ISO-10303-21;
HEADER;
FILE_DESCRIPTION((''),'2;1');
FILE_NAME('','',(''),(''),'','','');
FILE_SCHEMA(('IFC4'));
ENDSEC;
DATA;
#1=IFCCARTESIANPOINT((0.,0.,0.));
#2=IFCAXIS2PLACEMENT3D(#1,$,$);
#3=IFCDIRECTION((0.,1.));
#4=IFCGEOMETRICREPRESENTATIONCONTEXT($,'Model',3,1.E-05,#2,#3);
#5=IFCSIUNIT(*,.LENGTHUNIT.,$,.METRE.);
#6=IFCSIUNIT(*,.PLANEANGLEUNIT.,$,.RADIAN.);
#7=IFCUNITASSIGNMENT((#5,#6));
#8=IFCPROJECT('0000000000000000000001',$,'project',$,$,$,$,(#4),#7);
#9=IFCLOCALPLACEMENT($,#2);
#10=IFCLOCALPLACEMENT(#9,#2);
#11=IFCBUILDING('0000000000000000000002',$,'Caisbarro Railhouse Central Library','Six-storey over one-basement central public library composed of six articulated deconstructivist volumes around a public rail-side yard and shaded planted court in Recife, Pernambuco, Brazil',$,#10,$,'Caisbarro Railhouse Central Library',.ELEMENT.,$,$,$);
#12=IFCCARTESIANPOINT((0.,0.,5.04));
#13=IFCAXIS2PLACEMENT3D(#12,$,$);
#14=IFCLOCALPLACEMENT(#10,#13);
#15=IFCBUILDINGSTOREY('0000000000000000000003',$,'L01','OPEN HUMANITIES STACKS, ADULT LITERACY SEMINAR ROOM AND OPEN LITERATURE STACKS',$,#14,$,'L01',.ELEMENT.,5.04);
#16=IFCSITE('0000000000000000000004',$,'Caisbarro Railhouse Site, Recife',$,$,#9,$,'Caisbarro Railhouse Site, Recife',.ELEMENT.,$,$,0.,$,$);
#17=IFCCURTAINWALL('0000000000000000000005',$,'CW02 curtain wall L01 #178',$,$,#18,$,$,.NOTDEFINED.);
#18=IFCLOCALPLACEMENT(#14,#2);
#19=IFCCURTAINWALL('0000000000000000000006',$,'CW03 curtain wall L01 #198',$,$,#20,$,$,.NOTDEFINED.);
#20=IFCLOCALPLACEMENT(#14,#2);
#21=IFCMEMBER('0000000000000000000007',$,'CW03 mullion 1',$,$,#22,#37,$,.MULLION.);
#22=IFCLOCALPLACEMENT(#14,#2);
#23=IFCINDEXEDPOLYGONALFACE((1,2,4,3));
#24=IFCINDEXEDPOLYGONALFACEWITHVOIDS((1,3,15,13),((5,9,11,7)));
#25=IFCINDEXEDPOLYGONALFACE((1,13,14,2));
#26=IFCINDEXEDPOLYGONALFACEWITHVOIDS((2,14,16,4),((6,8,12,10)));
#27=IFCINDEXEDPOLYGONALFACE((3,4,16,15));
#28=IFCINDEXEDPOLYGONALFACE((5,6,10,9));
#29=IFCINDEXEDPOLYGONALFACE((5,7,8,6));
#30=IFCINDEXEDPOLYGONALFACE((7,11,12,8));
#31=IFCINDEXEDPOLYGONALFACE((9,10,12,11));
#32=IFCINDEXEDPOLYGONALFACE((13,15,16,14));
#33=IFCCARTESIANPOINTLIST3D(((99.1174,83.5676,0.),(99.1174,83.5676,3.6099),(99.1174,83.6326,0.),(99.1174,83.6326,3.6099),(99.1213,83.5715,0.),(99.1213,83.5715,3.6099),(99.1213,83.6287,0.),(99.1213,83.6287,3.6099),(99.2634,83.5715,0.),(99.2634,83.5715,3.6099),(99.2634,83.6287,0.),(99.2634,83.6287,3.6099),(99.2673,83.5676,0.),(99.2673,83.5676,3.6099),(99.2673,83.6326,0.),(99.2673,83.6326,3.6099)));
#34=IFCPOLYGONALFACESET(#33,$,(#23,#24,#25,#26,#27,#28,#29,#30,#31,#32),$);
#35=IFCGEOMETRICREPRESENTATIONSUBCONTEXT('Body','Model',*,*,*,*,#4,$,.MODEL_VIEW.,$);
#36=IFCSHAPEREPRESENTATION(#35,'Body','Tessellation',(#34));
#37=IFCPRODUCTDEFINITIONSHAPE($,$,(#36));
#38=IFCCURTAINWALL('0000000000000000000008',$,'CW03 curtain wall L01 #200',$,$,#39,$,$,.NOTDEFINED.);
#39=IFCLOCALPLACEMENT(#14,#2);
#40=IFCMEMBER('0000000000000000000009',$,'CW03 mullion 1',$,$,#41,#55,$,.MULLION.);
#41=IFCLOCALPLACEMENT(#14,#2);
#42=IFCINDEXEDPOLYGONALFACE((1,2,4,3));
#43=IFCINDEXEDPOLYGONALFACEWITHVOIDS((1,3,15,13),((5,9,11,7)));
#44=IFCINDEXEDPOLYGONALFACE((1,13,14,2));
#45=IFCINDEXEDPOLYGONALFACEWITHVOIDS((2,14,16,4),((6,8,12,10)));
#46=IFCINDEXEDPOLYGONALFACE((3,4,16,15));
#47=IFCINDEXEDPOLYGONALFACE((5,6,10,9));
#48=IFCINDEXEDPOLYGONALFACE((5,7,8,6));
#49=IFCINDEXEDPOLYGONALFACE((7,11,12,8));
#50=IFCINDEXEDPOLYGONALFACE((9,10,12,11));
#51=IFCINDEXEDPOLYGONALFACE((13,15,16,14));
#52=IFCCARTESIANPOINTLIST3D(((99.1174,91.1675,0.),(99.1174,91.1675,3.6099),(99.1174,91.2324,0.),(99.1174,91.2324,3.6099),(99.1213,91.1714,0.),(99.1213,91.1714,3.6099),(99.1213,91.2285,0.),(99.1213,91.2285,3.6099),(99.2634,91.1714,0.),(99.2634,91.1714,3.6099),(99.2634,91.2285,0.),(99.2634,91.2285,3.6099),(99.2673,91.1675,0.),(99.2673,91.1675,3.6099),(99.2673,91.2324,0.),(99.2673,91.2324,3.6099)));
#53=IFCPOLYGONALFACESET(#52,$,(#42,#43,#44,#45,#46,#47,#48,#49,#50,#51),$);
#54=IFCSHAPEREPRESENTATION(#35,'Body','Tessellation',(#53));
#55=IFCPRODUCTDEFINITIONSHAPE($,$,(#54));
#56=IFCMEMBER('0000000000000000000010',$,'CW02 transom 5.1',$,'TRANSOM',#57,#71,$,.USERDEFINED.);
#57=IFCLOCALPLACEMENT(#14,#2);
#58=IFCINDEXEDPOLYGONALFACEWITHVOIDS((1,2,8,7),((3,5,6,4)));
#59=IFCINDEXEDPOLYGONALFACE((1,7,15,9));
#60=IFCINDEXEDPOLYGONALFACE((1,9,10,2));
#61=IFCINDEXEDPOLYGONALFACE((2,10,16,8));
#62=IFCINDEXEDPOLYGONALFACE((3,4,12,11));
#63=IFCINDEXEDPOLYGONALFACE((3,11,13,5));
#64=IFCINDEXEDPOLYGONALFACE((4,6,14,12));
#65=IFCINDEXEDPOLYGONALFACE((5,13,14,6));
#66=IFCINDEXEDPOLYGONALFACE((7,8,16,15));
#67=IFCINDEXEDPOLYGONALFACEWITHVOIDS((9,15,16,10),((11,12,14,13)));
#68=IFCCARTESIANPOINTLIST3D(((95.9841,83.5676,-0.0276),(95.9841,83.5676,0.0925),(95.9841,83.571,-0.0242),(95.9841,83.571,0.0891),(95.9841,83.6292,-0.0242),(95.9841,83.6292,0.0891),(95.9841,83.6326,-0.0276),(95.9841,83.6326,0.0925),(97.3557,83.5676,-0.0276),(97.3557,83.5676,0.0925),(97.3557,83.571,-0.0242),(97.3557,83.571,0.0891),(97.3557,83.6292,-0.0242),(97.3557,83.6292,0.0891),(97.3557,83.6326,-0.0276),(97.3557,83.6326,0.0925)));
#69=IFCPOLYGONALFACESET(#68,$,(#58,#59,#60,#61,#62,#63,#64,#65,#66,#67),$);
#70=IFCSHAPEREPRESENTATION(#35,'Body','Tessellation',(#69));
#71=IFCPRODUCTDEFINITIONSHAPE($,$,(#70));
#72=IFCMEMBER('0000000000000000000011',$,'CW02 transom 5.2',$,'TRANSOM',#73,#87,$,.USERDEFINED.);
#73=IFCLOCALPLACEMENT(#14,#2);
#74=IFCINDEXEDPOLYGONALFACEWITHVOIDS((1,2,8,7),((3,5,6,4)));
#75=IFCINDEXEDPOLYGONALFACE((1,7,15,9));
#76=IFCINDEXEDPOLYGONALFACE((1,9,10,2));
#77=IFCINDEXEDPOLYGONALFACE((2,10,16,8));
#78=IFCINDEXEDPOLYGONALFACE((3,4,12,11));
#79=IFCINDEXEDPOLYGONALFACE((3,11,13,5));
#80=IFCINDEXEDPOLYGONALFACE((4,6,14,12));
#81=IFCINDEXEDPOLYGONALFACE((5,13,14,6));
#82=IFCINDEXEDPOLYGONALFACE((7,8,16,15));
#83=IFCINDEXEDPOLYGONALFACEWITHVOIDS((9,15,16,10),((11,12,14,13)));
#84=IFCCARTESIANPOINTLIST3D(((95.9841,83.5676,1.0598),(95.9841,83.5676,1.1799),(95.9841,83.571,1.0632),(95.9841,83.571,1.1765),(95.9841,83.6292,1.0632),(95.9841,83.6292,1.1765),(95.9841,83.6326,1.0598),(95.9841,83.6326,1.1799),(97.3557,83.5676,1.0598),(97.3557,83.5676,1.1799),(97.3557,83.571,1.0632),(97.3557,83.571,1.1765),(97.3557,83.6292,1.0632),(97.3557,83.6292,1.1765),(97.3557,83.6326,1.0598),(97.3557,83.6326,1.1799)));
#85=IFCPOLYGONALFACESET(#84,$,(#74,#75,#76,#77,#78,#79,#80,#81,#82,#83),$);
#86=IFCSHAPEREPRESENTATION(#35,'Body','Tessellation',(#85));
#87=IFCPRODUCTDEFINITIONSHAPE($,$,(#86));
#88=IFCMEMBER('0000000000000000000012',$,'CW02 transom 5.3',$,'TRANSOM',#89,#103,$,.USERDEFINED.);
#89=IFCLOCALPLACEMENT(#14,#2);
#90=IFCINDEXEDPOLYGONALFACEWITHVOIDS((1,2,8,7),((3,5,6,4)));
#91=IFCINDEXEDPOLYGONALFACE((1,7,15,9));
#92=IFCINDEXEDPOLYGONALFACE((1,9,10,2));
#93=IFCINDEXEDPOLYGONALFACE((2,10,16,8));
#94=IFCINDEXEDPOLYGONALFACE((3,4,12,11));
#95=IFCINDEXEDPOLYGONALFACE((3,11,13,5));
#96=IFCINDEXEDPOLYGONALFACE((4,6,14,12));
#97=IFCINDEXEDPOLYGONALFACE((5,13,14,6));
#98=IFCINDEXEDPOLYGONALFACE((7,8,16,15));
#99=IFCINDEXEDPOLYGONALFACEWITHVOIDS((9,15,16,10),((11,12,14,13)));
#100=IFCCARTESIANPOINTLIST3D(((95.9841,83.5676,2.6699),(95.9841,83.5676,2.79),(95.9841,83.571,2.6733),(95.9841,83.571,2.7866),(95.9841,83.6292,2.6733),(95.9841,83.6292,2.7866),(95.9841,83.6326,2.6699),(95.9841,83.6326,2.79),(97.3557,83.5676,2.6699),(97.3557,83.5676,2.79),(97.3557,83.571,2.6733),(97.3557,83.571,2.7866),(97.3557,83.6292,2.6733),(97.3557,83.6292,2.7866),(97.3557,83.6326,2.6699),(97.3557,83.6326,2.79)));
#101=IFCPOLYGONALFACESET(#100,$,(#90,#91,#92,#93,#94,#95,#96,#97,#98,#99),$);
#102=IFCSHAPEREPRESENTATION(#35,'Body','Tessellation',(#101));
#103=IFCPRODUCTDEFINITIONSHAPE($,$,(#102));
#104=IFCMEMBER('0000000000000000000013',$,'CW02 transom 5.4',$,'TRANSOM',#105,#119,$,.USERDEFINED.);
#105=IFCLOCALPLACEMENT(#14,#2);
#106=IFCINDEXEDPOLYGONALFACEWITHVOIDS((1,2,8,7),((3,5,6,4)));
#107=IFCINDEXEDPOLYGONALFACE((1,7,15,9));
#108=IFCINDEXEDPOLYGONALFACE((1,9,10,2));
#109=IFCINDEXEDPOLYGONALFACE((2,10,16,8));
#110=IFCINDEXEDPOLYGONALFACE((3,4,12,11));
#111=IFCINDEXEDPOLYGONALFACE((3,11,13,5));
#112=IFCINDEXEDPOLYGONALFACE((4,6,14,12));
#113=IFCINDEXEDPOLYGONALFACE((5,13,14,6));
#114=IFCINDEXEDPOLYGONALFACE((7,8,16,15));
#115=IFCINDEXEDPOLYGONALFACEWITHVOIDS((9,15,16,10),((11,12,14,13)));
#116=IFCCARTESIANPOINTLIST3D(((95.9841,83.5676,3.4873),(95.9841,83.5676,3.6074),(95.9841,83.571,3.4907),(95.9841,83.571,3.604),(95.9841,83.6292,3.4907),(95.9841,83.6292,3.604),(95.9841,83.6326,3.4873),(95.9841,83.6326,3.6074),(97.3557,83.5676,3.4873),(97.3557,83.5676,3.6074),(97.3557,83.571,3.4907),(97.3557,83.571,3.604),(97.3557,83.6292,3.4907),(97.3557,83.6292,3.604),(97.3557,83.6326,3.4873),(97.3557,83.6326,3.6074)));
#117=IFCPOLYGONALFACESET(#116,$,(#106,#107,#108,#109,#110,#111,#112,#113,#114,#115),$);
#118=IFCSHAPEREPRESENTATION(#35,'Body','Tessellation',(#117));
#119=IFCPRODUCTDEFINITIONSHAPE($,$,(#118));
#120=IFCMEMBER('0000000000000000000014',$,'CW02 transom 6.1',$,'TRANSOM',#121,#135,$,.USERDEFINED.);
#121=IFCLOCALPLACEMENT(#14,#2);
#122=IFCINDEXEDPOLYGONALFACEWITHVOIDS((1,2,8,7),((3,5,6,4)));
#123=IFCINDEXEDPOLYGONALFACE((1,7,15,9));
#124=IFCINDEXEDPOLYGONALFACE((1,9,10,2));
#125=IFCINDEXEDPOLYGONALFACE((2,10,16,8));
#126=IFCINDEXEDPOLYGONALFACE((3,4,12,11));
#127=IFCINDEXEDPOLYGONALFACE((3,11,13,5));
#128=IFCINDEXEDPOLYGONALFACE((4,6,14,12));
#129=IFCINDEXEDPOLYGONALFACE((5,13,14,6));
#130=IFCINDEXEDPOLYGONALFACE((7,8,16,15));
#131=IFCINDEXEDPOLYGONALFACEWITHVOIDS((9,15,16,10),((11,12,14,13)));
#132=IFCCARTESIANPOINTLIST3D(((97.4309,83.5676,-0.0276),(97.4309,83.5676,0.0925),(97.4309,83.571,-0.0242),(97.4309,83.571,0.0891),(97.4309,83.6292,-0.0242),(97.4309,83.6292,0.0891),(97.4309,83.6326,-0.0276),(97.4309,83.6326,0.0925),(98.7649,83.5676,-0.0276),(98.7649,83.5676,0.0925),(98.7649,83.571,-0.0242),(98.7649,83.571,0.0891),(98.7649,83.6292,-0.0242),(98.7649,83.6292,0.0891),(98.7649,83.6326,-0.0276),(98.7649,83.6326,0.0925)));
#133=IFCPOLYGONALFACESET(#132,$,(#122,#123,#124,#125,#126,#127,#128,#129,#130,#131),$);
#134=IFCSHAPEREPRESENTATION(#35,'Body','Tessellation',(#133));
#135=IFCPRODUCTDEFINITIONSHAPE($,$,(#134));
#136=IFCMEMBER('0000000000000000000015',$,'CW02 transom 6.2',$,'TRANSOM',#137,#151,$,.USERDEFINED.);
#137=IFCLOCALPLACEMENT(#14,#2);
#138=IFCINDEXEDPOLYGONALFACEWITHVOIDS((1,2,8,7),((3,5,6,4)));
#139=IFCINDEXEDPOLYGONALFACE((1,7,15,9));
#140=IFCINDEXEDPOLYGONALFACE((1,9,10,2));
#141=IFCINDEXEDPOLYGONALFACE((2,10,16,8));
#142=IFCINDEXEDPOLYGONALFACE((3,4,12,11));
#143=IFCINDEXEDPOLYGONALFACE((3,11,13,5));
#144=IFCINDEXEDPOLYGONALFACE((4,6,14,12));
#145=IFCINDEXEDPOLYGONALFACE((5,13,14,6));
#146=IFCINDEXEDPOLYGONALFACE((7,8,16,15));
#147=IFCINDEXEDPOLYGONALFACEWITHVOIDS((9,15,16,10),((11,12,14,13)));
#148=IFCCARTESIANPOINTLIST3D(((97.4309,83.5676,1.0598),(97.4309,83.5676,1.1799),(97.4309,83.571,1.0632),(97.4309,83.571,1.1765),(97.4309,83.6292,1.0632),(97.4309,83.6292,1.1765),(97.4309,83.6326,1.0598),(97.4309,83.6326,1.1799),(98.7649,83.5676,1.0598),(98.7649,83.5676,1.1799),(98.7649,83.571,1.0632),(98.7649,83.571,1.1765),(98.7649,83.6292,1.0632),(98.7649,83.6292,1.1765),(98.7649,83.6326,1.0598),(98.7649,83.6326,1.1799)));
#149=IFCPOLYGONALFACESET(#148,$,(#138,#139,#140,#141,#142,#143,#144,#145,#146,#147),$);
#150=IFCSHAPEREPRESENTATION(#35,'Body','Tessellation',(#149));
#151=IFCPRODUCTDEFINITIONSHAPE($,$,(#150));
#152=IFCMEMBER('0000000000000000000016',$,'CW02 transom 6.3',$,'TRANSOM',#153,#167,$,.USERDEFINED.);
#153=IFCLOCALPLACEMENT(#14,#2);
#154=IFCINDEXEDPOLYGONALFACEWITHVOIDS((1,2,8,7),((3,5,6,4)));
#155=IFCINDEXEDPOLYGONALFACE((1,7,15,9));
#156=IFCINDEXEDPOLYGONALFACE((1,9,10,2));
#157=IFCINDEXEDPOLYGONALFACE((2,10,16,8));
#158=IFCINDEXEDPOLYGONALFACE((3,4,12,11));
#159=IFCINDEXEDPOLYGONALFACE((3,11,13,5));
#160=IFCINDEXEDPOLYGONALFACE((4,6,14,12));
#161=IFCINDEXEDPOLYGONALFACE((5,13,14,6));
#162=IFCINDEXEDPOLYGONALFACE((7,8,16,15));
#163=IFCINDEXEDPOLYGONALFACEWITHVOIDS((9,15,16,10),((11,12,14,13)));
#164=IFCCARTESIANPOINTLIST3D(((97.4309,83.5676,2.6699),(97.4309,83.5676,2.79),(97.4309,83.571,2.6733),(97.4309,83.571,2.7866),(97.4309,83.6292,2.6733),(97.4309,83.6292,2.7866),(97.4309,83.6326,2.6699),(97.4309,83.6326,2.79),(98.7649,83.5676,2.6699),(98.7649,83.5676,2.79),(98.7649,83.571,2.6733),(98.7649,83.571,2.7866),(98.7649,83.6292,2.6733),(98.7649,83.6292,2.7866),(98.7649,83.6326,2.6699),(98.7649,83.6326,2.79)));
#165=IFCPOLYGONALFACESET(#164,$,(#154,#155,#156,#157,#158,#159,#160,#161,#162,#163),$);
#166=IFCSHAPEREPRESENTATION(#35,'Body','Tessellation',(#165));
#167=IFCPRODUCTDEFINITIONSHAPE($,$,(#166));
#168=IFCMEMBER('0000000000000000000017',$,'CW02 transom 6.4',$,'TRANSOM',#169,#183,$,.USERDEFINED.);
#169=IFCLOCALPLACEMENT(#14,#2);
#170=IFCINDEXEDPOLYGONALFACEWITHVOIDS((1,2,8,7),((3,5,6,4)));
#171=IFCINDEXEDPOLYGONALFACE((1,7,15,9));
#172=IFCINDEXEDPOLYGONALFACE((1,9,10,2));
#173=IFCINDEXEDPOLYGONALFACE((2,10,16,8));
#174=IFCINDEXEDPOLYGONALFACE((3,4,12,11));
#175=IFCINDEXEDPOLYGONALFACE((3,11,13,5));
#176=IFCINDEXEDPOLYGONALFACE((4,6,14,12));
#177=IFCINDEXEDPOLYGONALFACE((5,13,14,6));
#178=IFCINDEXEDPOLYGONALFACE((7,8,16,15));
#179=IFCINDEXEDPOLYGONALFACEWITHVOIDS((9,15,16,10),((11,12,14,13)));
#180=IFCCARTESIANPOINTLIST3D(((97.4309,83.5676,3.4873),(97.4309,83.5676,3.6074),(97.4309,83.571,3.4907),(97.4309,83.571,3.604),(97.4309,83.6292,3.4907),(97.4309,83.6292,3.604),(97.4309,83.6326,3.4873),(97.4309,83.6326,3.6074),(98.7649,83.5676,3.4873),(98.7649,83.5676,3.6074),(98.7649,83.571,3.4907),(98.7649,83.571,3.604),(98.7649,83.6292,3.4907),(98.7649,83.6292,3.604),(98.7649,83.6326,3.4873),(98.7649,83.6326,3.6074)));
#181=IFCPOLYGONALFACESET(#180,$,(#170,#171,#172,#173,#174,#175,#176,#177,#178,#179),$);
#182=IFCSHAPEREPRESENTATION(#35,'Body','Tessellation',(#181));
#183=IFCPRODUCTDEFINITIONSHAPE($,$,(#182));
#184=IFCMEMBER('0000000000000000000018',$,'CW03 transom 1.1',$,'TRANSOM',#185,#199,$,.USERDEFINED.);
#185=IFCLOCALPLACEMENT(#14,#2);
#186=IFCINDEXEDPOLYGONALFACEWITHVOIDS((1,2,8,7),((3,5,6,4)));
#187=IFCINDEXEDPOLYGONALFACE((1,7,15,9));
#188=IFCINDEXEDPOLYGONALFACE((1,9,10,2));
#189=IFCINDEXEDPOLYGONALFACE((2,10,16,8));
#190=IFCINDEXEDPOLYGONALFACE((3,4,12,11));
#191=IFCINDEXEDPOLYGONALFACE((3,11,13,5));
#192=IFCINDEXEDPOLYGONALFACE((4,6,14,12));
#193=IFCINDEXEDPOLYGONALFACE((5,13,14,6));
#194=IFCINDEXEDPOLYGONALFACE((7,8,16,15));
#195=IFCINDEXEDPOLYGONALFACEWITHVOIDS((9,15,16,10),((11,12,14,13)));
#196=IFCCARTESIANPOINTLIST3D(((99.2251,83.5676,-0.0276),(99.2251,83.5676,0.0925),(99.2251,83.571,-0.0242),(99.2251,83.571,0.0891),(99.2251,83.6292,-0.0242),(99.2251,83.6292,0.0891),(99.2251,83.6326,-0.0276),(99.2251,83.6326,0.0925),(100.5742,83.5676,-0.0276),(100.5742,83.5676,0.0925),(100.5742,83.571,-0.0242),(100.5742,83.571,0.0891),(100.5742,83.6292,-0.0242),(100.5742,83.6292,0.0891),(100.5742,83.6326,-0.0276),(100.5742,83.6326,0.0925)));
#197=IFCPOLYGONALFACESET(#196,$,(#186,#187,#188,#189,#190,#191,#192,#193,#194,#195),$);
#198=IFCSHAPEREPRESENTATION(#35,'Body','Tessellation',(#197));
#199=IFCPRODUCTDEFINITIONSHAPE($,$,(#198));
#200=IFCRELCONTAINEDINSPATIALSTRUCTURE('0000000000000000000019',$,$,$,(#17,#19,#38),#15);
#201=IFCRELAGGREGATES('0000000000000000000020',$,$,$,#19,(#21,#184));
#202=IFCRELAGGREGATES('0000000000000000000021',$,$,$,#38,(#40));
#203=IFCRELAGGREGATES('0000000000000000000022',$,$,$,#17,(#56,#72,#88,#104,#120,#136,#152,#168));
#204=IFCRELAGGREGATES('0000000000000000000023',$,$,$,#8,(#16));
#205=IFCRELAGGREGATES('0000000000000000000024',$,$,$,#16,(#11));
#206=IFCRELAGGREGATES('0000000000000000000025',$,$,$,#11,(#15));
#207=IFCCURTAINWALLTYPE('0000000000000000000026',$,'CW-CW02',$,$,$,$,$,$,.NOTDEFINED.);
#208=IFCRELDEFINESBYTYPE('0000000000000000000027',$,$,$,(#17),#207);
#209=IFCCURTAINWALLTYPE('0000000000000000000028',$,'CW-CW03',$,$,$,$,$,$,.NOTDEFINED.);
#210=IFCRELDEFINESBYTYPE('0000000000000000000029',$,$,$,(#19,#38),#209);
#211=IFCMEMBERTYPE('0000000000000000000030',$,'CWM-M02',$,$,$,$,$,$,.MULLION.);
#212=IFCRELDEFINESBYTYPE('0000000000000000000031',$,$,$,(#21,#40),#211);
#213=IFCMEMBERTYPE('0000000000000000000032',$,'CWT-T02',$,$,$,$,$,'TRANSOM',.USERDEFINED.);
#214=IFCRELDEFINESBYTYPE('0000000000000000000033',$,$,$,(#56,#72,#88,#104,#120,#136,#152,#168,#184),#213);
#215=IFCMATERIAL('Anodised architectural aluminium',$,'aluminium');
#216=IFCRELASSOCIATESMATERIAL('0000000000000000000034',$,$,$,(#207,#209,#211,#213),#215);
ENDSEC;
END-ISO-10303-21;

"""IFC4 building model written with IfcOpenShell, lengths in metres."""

from ifc_helpers import new_model, si_unit, direction, frame, origin, origin_2d, place, context, subcontext, project, spatial, hollow_rectangle, extrude, material, material_profile, profile_set, type_object, element, aggregate, save


model = new_model("IFC4")

# Units and contexts
model_context = context("Model", 3, precision=1e-05, world=origin(), true_north=direction((0.0, 1.0)))
body_context = subcontext(model_context, "Body", "Model", "MODEL_VIEW")
ifc_project = project(units=[si_unit("LENGTHUNIT", "METRE"), si_unit("PLANEANGLEUNIT", "RADIAN")], contexts=[model_context])

# Site, building, storey
site_placement = place(None, origin())
site = spatial("IfcSite", under=ifc_project, at=site_placement, Name="Caisbarro Railhouse Site, Recife", LongName="Caisbarro Railhouse Site, Recife", CompositionType="ELEMENT", RefElevation=0.0)
building_placement = place(site_placement, origin())
building = spatial("IfcBuilding", under=site, at=building_placement, Name="Caisbarro Railhouse Central Library", Description="Six-storey over one-basement central public library composed of six articulated deconstructivist volumes around a public rail-side yard and shaded planted court in Recife, Pernambuco, Brazil", LongName="Caisbarro Railhouse Central Library", CompositionType="ELEMENT")
storey_placement = place(building_placement, frame((0.0, 0.0, 5.04)))
storey = spatial("IfcBuildingStorey", under=building, at=storey_placement, Name="L01", Description="OPEN HUMANITIES STACKS, ADULT LITERACY SEMINAR ROOM AND OPEN LITERATURE STACKS", LongName="L01", CompositionType="ELEMENT", Elevation=5.04)

# Curtain wall
ifc_material_1 = material(Name="Anodised architectural aluminium", Category="aluminium")
curtain_wall_type_1 = type_object("IfcCurtainWallType", Name="CW-CW02", PredefinedType="NOTDEFINED", material=ifc_material_1)
curtain_wall_1_placement = place(storey_placement, origin())
curtain_wall_1 = element("IfcCurtainWall", 1, at=curtain_wall_1_placement, inside=storey, type_object=curtain_wall_type_1, Name="CW02 curtain wall L01 #178", PredefinedType="NOTDEFINED")

# Curtain walls, members
curtain_wall_type_2 = type_object("IfcCurtainWallType", Name="CW-CW03", PredefinedType="NOTDEFINED", material=ifc_material_1)
curtain_wall_2_placement = place(storey_placement, origin())
curtain_wall_2 = element("IfcCurtainWall", 2, at=curtain_wall_2_placement, inside=storey, type_object=curtain_wall_type_2, Name="CW03 curtain wall L01 #198", PredefinedType="NOTDEFINED")
ifc_material_profile_1 = material_profile(ifc_material_1, hollow_rectangle(XDim=0.0649, YDim=0.1499, WallThickness=0.0039, at=origin_2d()), Name="ALU-MUL-65X150")
ifc_profile_set_1 = profile_set([ifc_material_profile_1], Name="Anodised architectural aluminium")
member_type_1 = type_object("IfcMemberType", Name="CWM-M02", PredefinedType="MULLION", material=ifc_profile_set_1)
member_1_placement = place(storey_placement, frame((99.1924, 83.6001, 0.0), z_axis=(0.0, 0.0, 1.0), x_axis=(0.0, 1.0, 0.0)))
member_1 = element("IfcMember", 3, at=member_1_placement, type_object=member_type_1, Name="CW03 mullion 1", PredefinedType="MULLION", context=body_context, shape_type="SweptSolid", body=[
    extrude(hollow_rectangle(XDim=0.0649, YDim=0.1499, WallThickness=0.0039, at=origin_2d()), origin(), (0.0, 0.0, 1.0), 3.6099),
])
curtain_wall_3_placement = place(storey_placement, origin())
curtain_wall_3 = element("IfcCurtainWall", 4, at=curtain_wall_3_placement, inside=storey, type_object=curtain_wall_type_2, Name="CW03 curtain wall L01 #200", PredefinedType="NOTDEFINED")
member_2_placement = place(storey_placement, frame((99.1924, 91.2, 0.0), z_axis=(0.0, 0.0, 1.0), x_axis=(0.0, 1.0, 0.0)))
member_2 = element("IfcMember", 5, at=member_2_placement, type_object=member_type_1, Name="CW03 mullion 1", PredefinedType="MULLION", context=body_context, shape_type="SweptSolid", body=[
    extrude(hollow_rectangle(XDim=0.0649, YDim=0.1499, WallThickness=0.0039, at=origin_2d()), origin(), (0.0, 0.0, 1.0), 3.6099),
])

# Members
ifc_material_profile_2 = material_profile(ifc_material_1, hollow_rectangle(XDim=0.0649, YDim=0.1201, WallThickness=0.0034, at=origin_2d()), Name="ALU-TRN-65X120")
ifc_profile_set_2 = profile_set([ifc_material_profile_2], Name="Anodised architectural aluminium")
member_type_2 = type_object("IfcMemberType", Name="CWT-T02", ElementType="TRANSOM", PredefinedType="USERDEFINED", material=ifc_profile_set_2)
member_3_placement = place(storey_placement, frame((95.9841, 83.6001, 0.0325), z_axis=(1.0, 0.0, 0.0), x_axis=(0.0, 1.0, 0.0)))
member_3 = element("IfcMember", 6, at=member_3_placement, type_object=member_type_2, Name="CW02 transom 5.1", ObjectType="TRANSOM", PredefinedType="USERDEFINED", context=body_context, shape_type="SweptSolid", body=[
    extrude(hollow_rectangle(XDim=0.0649, YDim=0.1201, WallThickness=0.0034, at=origin_2d()), origin(), (0.0, 0.0, 1.0), 1.3716),
])
member_4_placement = place(storey_placement, frame((95.9841, 83.6001, 1.1199), z_axis=(1.0, 0.0, 0.0), x_axis=(0.0, 1.0, 0.0)))
member_4 = element("IfcMember", 7, at=member_4_placement, type_object=member_type_2, Name="CW02 transom 5.2", ObjectType="TRANSOM", PredefinedType="USERDEFINED", context=body_context, shape_type="SweptSolid", body=[
    extrude(hollow_rectangle(XDim=0.0649, YDim=0.1201, WallThickness=0.0034, at=origin_2d()), origin(), (0.0, 0.0, 1.0), 1.3716),
])
member_5_placement = place(storey_placement, frame((95.9841, 83.6001, 2.73), z_axis=(1.0, 0.0, 0.0), x_axis=(0.0, 1.0, 0.0)))
member_5 = element("IfcMember", 8, at=member_5_placement, type_object=member_type_2, Name="CW02 transom 5.3", ObjectType="TRANSOM", PredefinedType="USERDEFINED", context=body_context, shape_type="SweptSolid", body=[
    extrude(hollow_rectangle(XDim=0.0649, YDim=0.1201, WallThickness=0.0034, at=origin_2d()), origin(), (0.0, 0.0, 1.0), 1.3716),
])
member_6_placement = place(storey_placement, frame((95.9841, 83.6001, 3.5474), z_axis=(1.0, 0.0, 0.0), x_axis=(0.0, 1.0, 0.0)))
member_6 = element("IfcMember", 9, at=member_6_placement, type_object=member_type_2, Name="CW02 transom 5.4", ObjectType="TRANSOM", PredefinedType="USERDEFINED", context=body_context, shape_type="SweptSolid", body=[
    extrude(hollow_rectangle(XDim=0.0649, YDim=0.1201, WallThickness=0.0034, at=origin_2d()), origin(), (0.0, 0.0, 1.0), 1.3716),
])
member_7_placement = place(storey_placement, frame((97.4309, 83.6001, 0.0325), z_axis=(1.0, 0.0, 0.0), x_axis=(0.0, 1.0, 0.0)))
member_7 = element("IfcMember", 10, at=member_7_placement, type_object=member_type_2, Name="CW02 transom 6.1", ObjectType="TRANSOM", PredefinedType="USERDEFINED", context=body_context, shape_type="SweptSolid", body=[
    extrude(hollow_rectangle(XDim=0.0649, YDim=0.1201, WallThickness=0.0034, at=origin_2d()), origin(), (0.0, 0.0, 1.0), 1.334),
])
member_8_placement = place(storey_placement, frame((97.4309, 83.6001, 1.1199), z_axis=(1.0, 0.0, 0.0), x_axis=(0.0, 1.0, 0.0)))
member_8 = element("IfcMember", 11, at=member_8_placement, type_object=member_type_2, Name="CW02 transom 6.2", ObjectType="TRANSOM", PredefinedType="USERDEFINED", context=body_context, shape_type="SweptSolid", body=[
    extrude(hollow_rectangle(XDim=0.0649, YDim=0.1201, WallThickness=0.0034, at=origin_2d()), origin(), (0.0, 0.0, 1.0), 1.334),
])
member_9_placement = place(storey_placement, frame((97.4309, 83.6001, 2.73), z_axis=(1.0, 0.0, 0.0), x_axis=(0.0, 1.0, 0.0)))
member_9 = element("IfcMember", 12, at=member_9_placement, type_object=member_type_2, Name="CW02 transom 6.3", ObjectType="TRANSOM", PredefinedType="USERDEFINED", context=body_context, shape_type="SweptSolid", body=[
    extrude(hollow_rectangle(XDim=0.0649, YDim=0.1201, WallThickness=0.0034, at=origin_2d()), origin(), (0.0, 0.0, 1.0), 1.334),
])
member_10_placement = place(storey_placement, frame((97.4309, 83.6001, 3.5474), z_axis=(1.0, 0.0, 0.0), x_axis=(0.0, 1.0, 0.0)))
member_10 = element("IfcMember", 13, at=member_10_placement, type_object=member_type_2, Name="CW02 transom 6.4", ObjectType="TRANSOM", PredefinedType="USERDEFINED", context=body_context, shape_type="SweptSolid", body=[
    extrude(hollow_rectangle(XDim=0.0649, YDim=0.1201, WallThickness=0.0034, at=origin_2d()), origin(), (0.0, 0.0, 1.0), 1.334),
])
member_11_placement = place(storey_placement, frame((99.2251, 83.6001, 0.0325), z_axis=(1.0, 0.0, 0.0), x_axis=(0.0, 1.0, 0.0)))
member_11 = element("IfcMember", 14, at=member_11_placement, type_object=member_type_2, Name="CW03 transom 1.1", ObjectType="TRANSOM", PredefinedType="USERDEFINED", context=body_context, shape_type="SweptSolid", body=[
    extrude(hollow_rectangle(XDim=0.0649, YDim=0.1201, WallThickness=0.0034, at=origin_2d()), origin(), (0.0, 0.0, 1.0), 1.3491),
])
aggregate(curtain_wall_2, [member_1, member_11])
aggregate(curtain_wall_3, [member_2])

aggregate(curtain_wall_1, [member_3, member_4, member_5, member_6, member_7, member_8, member_9, member_10])

save(model, "model.ifc")
